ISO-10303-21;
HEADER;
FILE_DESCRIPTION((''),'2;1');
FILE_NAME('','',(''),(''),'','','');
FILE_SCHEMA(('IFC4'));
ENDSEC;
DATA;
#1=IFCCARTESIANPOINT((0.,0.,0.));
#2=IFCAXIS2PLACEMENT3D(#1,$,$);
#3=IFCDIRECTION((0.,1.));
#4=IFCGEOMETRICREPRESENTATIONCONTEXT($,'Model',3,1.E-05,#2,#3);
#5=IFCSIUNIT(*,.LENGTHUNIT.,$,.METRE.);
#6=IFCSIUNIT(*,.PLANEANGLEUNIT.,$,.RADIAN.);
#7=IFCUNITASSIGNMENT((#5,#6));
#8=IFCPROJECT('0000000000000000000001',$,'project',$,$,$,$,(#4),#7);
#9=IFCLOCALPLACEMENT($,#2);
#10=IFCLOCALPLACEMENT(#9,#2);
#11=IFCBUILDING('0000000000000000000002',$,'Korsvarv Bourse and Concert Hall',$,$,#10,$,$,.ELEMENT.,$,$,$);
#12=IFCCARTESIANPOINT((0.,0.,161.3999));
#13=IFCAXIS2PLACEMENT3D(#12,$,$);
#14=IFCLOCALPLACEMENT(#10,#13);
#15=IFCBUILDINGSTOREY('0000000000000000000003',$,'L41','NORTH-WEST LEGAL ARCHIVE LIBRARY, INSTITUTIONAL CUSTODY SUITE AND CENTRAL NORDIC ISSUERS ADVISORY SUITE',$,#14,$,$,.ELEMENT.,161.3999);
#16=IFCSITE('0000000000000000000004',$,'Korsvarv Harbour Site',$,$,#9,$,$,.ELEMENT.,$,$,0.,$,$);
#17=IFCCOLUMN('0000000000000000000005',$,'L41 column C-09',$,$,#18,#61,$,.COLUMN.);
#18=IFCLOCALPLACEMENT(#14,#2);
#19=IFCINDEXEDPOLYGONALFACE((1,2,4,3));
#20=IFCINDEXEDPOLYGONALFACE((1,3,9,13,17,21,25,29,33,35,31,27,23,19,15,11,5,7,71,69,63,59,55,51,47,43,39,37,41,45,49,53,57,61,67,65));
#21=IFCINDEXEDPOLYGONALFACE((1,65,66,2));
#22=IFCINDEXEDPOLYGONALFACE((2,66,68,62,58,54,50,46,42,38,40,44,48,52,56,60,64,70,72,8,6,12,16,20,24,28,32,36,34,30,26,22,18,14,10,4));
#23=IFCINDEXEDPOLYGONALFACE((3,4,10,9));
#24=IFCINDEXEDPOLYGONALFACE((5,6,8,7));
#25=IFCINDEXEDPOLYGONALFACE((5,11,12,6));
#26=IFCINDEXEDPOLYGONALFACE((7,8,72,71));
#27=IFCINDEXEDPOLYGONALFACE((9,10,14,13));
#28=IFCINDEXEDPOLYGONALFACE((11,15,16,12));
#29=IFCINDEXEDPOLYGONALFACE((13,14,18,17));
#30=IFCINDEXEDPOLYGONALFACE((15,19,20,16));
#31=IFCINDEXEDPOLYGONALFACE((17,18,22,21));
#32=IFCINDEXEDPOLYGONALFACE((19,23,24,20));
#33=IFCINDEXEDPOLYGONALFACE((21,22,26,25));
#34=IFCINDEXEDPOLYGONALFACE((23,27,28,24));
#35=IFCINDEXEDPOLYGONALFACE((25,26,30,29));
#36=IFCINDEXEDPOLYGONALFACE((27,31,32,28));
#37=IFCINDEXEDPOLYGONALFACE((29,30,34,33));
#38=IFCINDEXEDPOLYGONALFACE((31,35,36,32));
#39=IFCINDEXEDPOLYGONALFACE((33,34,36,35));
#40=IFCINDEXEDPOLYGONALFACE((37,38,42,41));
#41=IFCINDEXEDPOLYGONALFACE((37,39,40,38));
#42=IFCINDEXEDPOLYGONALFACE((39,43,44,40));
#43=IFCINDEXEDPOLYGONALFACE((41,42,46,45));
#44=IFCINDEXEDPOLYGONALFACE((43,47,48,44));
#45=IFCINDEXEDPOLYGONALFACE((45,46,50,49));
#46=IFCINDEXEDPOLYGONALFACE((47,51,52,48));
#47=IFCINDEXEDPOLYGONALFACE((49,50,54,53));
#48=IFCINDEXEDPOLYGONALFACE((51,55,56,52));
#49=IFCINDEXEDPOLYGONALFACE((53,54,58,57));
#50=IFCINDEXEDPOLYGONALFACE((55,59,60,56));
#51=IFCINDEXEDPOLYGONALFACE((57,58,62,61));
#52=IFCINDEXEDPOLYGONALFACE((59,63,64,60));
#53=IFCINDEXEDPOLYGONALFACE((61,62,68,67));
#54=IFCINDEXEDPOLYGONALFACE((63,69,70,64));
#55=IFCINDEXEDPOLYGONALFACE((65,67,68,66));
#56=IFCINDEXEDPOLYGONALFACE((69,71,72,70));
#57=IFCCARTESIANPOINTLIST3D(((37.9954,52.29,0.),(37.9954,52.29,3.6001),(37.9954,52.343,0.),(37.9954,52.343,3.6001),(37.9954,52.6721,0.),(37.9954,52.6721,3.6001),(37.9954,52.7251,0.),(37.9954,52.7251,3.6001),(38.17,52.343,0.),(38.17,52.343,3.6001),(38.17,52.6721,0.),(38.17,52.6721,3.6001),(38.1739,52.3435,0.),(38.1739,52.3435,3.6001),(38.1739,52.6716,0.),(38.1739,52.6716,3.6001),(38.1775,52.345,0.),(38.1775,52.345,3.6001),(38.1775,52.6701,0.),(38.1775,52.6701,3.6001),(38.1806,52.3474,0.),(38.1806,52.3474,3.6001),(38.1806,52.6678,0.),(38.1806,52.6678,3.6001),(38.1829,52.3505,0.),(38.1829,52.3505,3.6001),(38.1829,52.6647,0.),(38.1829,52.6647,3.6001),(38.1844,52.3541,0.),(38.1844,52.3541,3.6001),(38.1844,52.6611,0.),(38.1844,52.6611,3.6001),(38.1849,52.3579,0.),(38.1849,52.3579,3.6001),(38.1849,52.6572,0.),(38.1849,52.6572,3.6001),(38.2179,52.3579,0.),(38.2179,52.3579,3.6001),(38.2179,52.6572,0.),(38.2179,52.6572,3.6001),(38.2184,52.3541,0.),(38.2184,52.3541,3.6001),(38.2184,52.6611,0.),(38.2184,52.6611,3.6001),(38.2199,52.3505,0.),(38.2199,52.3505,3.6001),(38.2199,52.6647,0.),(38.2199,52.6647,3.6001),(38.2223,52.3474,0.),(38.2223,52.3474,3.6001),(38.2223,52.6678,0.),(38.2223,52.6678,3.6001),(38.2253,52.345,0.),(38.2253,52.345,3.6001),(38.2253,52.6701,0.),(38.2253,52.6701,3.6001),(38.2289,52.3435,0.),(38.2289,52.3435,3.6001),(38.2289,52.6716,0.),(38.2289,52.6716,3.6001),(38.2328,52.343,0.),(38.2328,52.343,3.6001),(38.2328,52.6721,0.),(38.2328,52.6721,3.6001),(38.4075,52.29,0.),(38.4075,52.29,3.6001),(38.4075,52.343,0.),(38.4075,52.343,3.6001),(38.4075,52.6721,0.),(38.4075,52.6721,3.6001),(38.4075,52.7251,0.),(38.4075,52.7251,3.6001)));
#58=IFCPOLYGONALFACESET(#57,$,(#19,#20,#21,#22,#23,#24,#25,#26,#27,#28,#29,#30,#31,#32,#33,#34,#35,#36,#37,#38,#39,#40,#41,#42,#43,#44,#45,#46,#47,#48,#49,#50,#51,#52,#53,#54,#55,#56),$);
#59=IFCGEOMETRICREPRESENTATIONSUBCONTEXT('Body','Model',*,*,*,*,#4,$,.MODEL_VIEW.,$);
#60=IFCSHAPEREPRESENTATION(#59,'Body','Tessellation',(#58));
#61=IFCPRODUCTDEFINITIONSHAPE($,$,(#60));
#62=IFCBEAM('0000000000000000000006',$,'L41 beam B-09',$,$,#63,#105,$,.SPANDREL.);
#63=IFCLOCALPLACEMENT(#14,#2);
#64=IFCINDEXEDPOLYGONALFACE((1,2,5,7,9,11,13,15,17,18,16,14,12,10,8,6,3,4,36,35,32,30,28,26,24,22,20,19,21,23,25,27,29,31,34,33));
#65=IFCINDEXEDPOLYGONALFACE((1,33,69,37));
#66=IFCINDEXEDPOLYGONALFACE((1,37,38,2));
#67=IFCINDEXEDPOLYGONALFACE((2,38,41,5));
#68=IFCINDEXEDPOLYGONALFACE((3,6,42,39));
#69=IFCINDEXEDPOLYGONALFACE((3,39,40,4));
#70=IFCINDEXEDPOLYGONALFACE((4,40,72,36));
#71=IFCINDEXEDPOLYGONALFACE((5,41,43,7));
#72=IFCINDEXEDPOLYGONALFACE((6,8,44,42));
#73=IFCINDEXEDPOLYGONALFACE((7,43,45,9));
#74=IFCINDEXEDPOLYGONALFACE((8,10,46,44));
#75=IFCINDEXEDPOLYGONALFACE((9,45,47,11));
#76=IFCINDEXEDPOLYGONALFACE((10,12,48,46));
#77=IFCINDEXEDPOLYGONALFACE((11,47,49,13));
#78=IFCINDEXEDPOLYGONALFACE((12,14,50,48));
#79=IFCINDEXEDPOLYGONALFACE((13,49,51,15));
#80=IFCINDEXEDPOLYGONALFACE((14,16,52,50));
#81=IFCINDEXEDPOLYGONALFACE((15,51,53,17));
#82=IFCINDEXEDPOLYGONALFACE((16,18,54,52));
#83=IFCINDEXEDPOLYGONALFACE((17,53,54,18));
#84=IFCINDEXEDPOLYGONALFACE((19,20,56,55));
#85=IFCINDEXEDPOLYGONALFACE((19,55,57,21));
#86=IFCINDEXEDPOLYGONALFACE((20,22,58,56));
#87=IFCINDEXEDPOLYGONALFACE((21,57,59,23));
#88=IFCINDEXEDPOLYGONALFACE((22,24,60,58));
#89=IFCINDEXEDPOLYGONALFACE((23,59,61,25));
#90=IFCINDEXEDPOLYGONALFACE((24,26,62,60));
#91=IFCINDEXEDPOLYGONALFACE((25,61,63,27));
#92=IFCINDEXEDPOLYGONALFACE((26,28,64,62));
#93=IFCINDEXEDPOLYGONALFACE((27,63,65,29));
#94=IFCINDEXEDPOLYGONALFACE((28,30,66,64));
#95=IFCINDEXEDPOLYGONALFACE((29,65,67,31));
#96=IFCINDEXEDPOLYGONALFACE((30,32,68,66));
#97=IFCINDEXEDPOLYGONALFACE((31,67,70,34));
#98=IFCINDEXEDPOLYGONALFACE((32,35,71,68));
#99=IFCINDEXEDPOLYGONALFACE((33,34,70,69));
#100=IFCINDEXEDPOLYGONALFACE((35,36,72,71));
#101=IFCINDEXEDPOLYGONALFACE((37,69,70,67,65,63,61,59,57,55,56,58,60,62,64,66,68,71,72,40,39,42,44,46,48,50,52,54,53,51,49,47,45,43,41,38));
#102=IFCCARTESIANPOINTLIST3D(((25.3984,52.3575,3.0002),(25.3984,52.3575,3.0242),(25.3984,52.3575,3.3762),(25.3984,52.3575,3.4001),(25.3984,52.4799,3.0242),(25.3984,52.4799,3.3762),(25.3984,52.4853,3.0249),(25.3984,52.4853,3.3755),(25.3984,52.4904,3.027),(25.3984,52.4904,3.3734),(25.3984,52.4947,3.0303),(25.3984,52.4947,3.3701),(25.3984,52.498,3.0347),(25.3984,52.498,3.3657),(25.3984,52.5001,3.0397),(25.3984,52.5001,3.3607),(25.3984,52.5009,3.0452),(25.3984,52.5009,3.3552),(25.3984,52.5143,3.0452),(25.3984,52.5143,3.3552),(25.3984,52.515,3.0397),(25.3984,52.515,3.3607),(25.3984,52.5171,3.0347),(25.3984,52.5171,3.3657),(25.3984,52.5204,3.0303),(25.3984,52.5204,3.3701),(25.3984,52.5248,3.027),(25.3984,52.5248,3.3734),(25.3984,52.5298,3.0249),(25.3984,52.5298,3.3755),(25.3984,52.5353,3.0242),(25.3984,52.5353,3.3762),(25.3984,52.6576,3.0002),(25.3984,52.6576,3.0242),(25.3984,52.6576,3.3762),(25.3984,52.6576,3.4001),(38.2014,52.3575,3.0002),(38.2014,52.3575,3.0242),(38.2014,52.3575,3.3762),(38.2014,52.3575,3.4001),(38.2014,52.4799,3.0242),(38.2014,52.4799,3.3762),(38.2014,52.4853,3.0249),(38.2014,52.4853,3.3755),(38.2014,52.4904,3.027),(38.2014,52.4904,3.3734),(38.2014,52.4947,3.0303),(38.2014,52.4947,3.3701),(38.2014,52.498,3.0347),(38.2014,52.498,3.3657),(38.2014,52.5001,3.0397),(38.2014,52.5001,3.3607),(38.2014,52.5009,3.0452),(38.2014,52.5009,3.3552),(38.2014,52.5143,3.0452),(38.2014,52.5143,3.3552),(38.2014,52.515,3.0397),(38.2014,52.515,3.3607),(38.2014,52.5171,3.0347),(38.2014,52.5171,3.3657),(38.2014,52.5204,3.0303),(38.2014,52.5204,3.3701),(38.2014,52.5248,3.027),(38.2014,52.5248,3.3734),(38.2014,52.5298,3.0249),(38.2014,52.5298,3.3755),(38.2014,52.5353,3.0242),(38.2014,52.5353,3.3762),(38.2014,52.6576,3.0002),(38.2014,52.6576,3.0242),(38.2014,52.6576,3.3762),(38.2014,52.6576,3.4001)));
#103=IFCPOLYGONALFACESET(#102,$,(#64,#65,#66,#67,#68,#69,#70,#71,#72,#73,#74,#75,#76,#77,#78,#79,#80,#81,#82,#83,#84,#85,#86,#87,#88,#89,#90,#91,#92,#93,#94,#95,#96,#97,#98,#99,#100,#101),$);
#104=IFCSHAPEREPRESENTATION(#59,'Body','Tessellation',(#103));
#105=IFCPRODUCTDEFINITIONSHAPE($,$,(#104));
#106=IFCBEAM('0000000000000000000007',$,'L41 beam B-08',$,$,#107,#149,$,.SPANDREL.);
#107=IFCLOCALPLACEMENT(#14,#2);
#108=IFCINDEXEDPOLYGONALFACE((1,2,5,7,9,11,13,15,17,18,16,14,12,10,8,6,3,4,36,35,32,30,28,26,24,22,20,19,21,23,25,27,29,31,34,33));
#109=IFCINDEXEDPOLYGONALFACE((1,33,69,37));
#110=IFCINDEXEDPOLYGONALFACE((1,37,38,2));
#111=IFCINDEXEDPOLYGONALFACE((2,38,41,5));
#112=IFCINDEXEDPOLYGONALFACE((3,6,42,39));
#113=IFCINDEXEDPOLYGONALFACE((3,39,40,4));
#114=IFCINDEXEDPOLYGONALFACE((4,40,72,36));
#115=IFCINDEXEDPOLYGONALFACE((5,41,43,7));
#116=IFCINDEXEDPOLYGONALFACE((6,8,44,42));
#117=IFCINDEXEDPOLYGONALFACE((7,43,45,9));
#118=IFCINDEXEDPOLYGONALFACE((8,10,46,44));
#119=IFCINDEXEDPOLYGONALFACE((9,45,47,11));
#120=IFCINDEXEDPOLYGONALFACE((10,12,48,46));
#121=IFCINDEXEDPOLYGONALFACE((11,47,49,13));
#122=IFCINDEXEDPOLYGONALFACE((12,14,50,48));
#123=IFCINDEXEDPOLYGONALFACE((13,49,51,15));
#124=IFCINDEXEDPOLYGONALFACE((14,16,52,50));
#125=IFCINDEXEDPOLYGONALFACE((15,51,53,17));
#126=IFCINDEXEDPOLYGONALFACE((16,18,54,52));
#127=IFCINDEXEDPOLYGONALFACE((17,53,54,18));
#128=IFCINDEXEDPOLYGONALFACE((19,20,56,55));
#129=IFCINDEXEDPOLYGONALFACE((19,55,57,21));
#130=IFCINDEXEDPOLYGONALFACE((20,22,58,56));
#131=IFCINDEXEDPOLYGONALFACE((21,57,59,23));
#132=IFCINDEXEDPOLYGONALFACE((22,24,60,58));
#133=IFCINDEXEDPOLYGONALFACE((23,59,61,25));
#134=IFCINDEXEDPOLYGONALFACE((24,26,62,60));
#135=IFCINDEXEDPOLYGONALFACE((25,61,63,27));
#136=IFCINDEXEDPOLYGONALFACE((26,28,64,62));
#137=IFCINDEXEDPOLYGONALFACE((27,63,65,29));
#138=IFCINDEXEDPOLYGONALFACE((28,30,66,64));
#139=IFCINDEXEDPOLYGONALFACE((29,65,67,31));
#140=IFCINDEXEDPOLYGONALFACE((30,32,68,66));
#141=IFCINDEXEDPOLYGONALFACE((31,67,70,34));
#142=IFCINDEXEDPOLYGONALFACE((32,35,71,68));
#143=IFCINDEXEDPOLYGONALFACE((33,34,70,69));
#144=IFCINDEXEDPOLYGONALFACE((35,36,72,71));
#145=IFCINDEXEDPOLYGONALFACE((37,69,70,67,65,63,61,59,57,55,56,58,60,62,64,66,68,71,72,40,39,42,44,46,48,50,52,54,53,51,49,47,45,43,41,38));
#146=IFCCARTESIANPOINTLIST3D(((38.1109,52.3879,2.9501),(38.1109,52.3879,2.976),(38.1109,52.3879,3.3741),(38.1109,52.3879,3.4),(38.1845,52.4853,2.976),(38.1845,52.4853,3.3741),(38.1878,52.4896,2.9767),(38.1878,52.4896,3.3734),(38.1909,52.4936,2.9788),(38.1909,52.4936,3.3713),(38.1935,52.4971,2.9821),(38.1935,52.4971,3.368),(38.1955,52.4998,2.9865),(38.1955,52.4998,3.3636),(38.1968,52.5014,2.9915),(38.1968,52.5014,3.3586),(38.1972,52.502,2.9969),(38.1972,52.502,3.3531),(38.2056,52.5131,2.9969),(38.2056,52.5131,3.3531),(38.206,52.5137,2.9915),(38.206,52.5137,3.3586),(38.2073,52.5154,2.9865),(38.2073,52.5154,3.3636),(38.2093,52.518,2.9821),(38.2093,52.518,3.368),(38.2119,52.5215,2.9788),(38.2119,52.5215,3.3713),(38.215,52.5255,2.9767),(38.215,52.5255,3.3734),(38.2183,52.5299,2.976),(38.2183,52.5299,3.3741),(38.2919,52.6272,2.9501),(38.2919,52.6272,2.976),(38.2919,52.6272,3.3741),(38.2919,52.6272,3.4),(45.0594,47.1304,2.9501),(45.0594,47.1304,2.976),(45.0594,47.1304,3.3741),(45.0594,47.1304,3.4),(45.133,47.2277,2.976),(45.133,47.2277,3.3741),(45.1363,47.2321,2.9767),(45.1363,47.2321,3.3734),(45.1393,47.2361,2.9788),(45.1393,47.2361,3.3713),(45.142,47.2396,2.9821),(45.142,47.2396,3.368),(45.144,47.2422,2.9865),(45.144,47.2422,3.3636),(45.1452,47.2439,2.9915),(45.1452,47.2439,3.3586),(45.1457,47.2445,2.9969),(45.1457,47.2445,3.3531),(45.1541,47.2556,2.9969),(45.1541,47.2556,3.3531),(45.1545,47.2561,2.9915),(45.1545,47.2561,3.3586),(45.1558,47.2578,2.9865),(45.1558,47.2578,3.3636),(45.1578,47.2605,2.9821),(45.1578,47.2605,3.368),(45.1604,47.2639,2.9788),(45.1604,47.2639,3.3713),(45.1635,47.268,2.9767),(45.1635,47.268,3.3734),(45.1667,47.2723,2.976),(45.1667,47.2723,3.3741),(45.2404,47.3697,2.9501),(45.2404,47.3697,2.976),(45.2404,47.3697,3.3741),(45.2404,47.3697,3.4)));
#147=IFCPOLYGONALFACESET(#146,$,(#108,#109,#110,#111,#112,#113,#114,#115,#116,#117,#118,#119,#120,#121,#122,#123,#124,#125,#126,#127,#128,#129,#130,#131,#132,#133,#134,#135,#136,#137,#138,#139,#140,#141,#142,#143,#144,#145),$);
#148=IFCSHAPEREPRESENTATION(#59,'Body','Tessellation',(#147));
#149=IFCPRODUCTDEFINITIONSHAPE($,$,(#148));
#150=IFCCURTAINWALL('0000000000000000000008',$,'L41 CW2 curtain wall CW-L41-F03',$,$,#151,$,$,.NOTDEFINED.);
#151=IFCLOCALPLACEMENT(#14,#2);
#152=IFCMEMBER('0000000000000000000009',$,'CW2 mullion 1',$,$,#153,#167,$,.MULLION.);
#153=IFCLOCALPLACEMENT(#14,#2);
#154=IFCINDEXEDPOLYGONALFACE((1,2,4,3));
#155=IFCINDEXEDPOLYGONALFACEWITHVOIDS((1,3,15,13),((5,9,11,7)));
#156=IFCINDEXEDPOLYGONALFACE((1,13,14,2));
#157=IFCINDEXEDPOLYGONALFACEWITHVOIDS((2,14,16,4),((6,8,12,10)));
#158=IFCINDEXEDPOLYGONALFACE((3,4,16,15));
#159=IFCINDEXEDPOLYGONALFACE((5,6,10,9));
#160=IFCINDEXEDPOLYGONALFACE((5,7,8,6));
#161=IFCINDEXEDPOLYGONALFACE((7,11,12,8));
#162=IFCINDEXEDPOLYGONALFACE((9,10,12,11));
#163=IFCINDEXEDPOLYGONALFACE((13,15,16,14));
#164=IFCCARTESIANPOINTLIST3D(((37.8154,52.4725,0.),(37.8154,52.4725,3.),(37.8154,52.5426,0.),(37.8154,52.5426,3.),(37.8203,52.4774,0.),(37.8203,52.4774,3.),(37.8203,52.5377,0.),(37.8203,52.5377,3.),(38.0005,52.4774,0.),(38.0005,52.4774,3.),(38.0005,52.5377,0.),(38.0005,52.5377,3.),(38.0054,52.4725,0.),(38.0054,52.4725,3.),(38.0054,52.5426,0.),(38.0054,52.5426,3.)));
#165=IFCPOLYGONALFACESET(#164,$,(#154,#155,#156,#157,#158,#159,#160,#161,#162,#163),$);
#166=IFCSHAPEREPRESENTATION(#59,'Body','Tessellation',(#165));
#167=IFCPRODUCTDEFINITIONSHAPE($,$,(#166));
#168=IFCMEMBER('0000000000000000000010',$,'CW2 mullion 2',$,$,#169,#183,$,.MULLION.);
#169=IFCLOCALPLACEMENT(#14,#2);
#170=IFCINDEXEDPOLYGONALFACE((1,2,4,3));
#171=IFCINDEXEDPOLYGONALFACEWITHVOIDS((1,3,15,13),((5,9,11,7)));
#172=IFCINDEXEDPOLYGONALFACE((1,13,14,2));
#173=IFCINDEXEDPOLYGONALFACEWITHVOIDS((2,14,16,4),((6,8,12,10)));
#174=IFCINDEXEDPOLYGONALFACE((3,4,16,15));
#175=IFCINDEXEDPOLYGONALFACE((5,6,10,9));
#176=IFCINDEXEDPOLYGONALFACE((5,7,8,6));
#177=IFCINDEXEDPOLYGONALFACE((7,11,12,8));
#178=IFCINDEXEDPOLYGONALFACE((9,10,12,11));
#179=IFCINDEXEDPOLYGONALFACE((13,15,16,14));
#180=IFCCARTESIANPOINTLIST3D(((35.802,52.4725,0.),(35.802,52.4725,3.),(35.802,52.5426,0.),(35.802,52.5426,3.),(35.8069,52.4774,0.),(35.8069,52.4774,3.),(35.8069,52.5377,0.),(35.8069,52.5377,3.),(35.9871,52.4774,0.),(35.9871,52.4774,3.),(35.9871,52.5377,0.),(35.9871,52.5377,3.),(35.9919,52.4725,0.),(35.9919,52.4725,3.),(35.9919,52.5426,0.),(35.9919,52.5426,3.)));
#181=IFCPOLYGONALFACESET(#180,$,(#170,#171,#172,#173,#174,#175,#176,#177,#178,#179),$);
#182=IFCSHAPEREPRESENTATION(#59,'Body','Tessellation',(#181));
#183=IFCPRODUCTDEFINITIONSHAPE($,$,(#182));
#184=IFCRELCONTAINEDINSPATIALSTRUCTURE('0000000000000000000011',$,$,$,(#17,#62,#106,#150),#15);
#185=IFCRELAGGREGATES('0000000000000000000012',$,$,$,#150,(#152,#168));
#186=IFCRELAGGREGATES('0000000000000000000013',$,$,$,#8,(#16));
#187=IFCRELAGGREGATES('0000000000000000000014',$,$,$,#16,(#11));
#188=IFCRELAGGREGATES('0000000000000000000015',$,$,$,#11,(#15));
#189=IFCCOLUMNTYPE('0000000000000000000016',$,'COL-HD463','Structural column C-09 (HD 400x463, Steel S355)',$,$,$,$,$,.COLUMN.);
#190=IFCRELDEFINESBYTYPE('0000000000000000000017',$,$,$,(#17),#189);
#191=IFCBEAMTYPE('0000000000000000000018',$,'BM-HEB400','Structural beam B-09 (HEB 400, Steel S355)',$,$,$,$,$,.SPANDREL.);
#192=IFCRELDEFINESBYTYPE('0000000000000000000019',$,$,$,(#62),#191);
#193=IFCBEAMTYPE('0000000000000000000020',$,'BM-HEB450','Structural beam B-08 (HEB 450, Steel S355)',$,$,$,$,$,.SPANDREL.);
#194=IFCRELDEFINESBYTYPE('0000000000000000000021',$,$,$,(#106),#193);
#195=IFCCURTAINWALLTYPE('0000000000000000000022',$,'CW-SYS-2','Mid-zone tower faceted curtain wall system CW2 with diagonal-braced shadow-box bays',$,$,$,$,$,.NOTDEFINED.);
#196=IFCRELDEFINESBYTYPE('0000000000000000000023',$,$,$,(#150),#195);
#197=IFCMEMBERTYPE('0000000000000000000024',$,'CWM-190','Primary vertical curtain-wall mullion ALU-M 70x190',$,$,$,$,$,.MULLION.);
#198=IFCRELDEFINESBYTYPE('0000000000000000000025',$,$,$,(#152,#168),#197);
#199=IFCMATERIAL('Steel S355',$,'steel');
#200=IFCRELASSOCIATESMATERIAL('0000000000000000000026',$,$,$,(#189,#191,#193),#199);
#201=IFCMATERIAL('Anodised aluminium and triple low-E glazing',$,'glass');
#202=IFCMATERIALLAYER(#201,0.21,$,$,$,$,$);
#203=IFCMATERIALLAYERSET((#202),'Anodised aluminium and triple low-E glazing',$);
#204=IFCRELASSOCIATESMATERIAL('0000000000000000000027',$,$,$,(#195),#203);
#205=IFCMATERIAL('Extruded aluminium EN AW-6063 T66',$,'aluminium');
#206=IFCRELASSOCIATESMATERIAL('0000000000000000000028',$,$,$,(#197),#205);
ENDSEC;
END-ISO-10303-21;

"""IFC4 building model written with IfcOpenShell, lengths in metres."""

from ifc_helpers import new_model, si_unit, direction, frame, origin, origin_2d, place, context, subcontext, project, spatial, hollow_rectangle, i_section, extrude, source, transform, mapped, material, layer, layer_set, material_profile, profile_set, type_object, element, aggregate, save


model = new_model("IFC4")

# Units and contexts
model_context = context("Model", 3, precision=1e-05, world=origin(), true_north=direction((0.0, 1.0)))
body_context = subcontext(model_context, "Body", "Model", "MODEL_VIEW")
ifc_project = project(units=[si_unit("LENGTHUNIT", "METRE"), si_unit("PLANEANGLEUNIT", "RADIAN")], contexts=[model_context])

# Site, building, storey
site_placement = place(None, origin())
site = spatial("IfcSite", under=ifc_project, at=site_placement, Name="Korsvarv Harbour Site", CompositionType="ELEMENT", RefElevation=0.0)
building_placement = place(site_placement, origin())
building = spatial("IfcBuilding", under=site, at=building_placement, Name="Korsvarv Bourse and Concert Hall", CompositionType="ELEMENT")
storey_placement = place(building_placement, frame((0.0, 0.0, 161.3999)))
storey = spatial("IfcBuildingStorey", under=building, at=storey_placement, Name="L41", Description="NORTH-WEST LEGAL ARCHIVE LIBRARY, INSTITUTIONAL CUSTODY SUITE AND CENTRAL NORDIC ISSUERS ADVISORY SUITE", CompositionType="ELEMENT", Elevation=161.3999)

# Column
ifc_material_1 = material(Name="Steel S355", Category="steel")
ifc_material_profile_1 = material_profile(ifc_material_1, i_section(OverallWidth=0.4121, OverallDepth=0.4351, WebThickness=0.033, FlangeThickness=0.053, FilletRadius=0.0149, at=origin_2d()), Name="HD 400x463")
ifc_profile_set_1 = profile_set([ifc_material_profile_1], Name="Steel S355")
column_type = type_object("IfcColumnType", Name="COL-HD463", Description="Structural column C-09 (HD 400x463, Steel S355)", PredefinedType="COLUMN", material=ifc_profile_set_1)
shared_shape_1 = source(origin(), body_context, "Body", "SweptSolid", [
    extrude(i_section(OverallWidth=0.4121, OverallDepth=0.4351, WebThickness=0.033, FlangeThickness=0.053, FilletRadius=0.0149, at=origin_2d()), origin(), (0.0, 0.0, 1.0), 3.6001),
])
column_placement = place(storey_placement, frame((38.2014, 52.5076, 0.0), z_axis=(0.0, 0.0, 1.0), x_axis=(1.0, 0.0, 0.0)))
element("IfcColumn", 1, at=column_placement, inside=storey, type_object=column_type, Name="L41 column C-09", PredefinedType="COLUMN", context=body_context, shape_type="MappedRepresentation", body=[
    mapped(shared_shape_1, transform((0.0, 0.0, 0.0), scale=1.0)),
])

# Beams
ifc_material_profile_2 = material_profile(ifc_material_1, i_section(OverallWidth=0.3, OverallDepth=0.3999, WebThickness=0.0134, FlangeThickness=0.0239, FilletRadius=0.021, at=origin_2d()), Name="HEB 400")
ifc_profile_set_2 = profile_set([ifc_material_profile_2], Name="Steel S355")
beam_type_1 = type_object("IfcBeamType", Name="BM-HEB400", Description="Structural beam B-09 (HEB 400, Steel S355)", PredefinedType="SPANDREL", material=ifc_profile_set_2)
shared_shape_2 = source(origin(), body_context, "Body", "SweptSolid", [
    extrude(i_section(OverallWidth=0.3, OverallDepth=0.3999, WebThickness=0.0134, FlangeThickness=0.0239, FilletRadius=0.021, at=origin_2d()), origin(), (0.0, 0.0, 1.0), 12.803),
])
beam_1_placement = place(storey_placement, frame((38.2014, 52.5076, 3.2002), z_axis=(-1.0, 0.0, 0.0), x_axis=(0.0, -1.0, 0.0)))
element("IfcBeam", 2, at=beam_1_placement, inside=storey, type_object=beam_type_1, Name="L41 beam B-09", PredefinedType="SPANDREL", context=body_context, shape_type="MappedRepresentation", body=[
    mapped(shared_shape_2, transform((0.0, 0.0, 0.0), scale=1.0)),
])
ifc_material_profile_3 = material_profile(ifc_material_1, i_section(OverallWidth=0.3, OverallDepth=0.45, WebThickness=0.0139, FlangeThickness=0.0259, FilletRadius=0.021, at=origin_2d()), Name="HEB 450")
ifc_profile_set_3 = profile_set([ifc_material_profile_3], Name="Steel S355")
beam_type_2 = type_object("IfcBeamType", Name="BM-HEB450", Description="Structural beam B-08 (HEB 450, Steel S355)", PredefinedType="SPANDREL", material=ifc_profile_set_3)
shared_shape_3 = source(origin(), body_context, "Body", "SweptSolid", [
    extrude(i_section(OverallWidth=0.3, OverallDepth=0.45, WebThickness=0.0139, FlangeThickness=0.0259, FilletRadius=0.021, at=origin_2d()), origin(), (0.0, 0.0, 1.0), 8.7134),
])
beam_2_placement = place(storey_placement, frame((38.2014, 52.5076, 3.175), z_axis=(0.797448, -0.603388, 0.0), x_axis=(0.603388, 0.797448, 0.0)))
element("IfcBeam", 3, at=beam_2_placement, inside=storey, type_object=beam_type_2, Name="L41 beam B-08", PredefinedType="SPANDREL", context=body_context, shape_type="MappedRepresentation", body=[
    mapped(shared_shape_3, transform((0.0, 0.0, 0.0), scale=1.0)),
])

# Curtain wall, members
ifc_material_2 = material(Name="Anodised aluminium and triple low-E glazing", Category="glass")
ifc_layer_1 = layer(ifc_material_2, 0.21)
ifc_layer_set_1 = layer_set([ifc_layer_1], Name="Anodised aluminium and triple low-E glazing")
curtain_wall_type = type_object("IfcCurtainWallType", Name="CW-SYS-2", Description="Mid-zone tower faceted curtain wall system CW2 with diagonal-braced shadow-box bays", PredefinedType="NOTDEFINED", material=ifc_layer_set_1)
curtain_wall_placement = place(storey_placement, origin())
curtain_wall = element("IfcCurtainWall", 4, at=curtain_wall_placement, inside=storey, type_object=curtain_wall_type, Name="L41 CW2 curtain wall CW-L41-F03", PredefinedType="NOTDEFINED")
ifc_material_3 = material(Name="Extruded aluminium EN AW-6063 T66", Category="aluminium")
ifc_material_profile_4 = material_profile(ifc_material_3, hollow_rectangle(XDim=0.0701, YDim=0.1899, WallThickness=0.0049, at=origin_2d()), Name="ALU-M 70x190")
ifc_profile_set_4 = profile_set([ifc_material_profile_4], Name="Extruded aluminium EN AW-6063 T66")
member_type_1 = type_object("IfcMemberType", Name="CWM-190", Description="Primary vertical curtain-wall mullion ALU-M 70x190", PredefinedType="MULLION", material=ifc_profile_set_4)
shared_shape_4 = source(origin(), body_context, "Body", "SweptSolid", [
    extrude(hollow_rectangle(XDim=0.0701, YDim=0.1899, WallThickness=0.0049, at=origin_2d()), origin(), (0.0, 0.0, 1.0), 3.0),
])
member_1_placement = place(storey_placement, frame((37.9104, 52.5076, 0.0), z_axis=(0.0, 0.0, 1.0), x_axis=(0.0, -1.0, 0.0)))
member_1 = element("IfcMember", 5, at=member_1_placement, type_object=member_type_1, Name="CW2 mullion 1", PredefinedType="MULLION", context=body_context, shape_type="MappedRepresentation", body=[
    mapped(shared_shape_4, transform((0.0, 0.0, 0.0), scale=1.0)),
])
member_2_placement = place(storey_placement, frame((35.897, 52.5076, 0.0), z_axis=(0.0, 0.0, 1.0), x_axis=(0.0, -1.0, 0.0)))
member_2 = element("IfcMember", 6, at=member_2_placement, type_object=member_type_1, Name="CW2 mullion 2", PredefinedType="MULLION", context=body_context, shape_type="MappedRepresentation", body=[
    mapped(shared_shape_4, transform((0.0, 0.0, 0.0), scale=1.0)),
])
aggregate(curtain_wall, [member_1, member_2])

save(model, "model.ifc")
